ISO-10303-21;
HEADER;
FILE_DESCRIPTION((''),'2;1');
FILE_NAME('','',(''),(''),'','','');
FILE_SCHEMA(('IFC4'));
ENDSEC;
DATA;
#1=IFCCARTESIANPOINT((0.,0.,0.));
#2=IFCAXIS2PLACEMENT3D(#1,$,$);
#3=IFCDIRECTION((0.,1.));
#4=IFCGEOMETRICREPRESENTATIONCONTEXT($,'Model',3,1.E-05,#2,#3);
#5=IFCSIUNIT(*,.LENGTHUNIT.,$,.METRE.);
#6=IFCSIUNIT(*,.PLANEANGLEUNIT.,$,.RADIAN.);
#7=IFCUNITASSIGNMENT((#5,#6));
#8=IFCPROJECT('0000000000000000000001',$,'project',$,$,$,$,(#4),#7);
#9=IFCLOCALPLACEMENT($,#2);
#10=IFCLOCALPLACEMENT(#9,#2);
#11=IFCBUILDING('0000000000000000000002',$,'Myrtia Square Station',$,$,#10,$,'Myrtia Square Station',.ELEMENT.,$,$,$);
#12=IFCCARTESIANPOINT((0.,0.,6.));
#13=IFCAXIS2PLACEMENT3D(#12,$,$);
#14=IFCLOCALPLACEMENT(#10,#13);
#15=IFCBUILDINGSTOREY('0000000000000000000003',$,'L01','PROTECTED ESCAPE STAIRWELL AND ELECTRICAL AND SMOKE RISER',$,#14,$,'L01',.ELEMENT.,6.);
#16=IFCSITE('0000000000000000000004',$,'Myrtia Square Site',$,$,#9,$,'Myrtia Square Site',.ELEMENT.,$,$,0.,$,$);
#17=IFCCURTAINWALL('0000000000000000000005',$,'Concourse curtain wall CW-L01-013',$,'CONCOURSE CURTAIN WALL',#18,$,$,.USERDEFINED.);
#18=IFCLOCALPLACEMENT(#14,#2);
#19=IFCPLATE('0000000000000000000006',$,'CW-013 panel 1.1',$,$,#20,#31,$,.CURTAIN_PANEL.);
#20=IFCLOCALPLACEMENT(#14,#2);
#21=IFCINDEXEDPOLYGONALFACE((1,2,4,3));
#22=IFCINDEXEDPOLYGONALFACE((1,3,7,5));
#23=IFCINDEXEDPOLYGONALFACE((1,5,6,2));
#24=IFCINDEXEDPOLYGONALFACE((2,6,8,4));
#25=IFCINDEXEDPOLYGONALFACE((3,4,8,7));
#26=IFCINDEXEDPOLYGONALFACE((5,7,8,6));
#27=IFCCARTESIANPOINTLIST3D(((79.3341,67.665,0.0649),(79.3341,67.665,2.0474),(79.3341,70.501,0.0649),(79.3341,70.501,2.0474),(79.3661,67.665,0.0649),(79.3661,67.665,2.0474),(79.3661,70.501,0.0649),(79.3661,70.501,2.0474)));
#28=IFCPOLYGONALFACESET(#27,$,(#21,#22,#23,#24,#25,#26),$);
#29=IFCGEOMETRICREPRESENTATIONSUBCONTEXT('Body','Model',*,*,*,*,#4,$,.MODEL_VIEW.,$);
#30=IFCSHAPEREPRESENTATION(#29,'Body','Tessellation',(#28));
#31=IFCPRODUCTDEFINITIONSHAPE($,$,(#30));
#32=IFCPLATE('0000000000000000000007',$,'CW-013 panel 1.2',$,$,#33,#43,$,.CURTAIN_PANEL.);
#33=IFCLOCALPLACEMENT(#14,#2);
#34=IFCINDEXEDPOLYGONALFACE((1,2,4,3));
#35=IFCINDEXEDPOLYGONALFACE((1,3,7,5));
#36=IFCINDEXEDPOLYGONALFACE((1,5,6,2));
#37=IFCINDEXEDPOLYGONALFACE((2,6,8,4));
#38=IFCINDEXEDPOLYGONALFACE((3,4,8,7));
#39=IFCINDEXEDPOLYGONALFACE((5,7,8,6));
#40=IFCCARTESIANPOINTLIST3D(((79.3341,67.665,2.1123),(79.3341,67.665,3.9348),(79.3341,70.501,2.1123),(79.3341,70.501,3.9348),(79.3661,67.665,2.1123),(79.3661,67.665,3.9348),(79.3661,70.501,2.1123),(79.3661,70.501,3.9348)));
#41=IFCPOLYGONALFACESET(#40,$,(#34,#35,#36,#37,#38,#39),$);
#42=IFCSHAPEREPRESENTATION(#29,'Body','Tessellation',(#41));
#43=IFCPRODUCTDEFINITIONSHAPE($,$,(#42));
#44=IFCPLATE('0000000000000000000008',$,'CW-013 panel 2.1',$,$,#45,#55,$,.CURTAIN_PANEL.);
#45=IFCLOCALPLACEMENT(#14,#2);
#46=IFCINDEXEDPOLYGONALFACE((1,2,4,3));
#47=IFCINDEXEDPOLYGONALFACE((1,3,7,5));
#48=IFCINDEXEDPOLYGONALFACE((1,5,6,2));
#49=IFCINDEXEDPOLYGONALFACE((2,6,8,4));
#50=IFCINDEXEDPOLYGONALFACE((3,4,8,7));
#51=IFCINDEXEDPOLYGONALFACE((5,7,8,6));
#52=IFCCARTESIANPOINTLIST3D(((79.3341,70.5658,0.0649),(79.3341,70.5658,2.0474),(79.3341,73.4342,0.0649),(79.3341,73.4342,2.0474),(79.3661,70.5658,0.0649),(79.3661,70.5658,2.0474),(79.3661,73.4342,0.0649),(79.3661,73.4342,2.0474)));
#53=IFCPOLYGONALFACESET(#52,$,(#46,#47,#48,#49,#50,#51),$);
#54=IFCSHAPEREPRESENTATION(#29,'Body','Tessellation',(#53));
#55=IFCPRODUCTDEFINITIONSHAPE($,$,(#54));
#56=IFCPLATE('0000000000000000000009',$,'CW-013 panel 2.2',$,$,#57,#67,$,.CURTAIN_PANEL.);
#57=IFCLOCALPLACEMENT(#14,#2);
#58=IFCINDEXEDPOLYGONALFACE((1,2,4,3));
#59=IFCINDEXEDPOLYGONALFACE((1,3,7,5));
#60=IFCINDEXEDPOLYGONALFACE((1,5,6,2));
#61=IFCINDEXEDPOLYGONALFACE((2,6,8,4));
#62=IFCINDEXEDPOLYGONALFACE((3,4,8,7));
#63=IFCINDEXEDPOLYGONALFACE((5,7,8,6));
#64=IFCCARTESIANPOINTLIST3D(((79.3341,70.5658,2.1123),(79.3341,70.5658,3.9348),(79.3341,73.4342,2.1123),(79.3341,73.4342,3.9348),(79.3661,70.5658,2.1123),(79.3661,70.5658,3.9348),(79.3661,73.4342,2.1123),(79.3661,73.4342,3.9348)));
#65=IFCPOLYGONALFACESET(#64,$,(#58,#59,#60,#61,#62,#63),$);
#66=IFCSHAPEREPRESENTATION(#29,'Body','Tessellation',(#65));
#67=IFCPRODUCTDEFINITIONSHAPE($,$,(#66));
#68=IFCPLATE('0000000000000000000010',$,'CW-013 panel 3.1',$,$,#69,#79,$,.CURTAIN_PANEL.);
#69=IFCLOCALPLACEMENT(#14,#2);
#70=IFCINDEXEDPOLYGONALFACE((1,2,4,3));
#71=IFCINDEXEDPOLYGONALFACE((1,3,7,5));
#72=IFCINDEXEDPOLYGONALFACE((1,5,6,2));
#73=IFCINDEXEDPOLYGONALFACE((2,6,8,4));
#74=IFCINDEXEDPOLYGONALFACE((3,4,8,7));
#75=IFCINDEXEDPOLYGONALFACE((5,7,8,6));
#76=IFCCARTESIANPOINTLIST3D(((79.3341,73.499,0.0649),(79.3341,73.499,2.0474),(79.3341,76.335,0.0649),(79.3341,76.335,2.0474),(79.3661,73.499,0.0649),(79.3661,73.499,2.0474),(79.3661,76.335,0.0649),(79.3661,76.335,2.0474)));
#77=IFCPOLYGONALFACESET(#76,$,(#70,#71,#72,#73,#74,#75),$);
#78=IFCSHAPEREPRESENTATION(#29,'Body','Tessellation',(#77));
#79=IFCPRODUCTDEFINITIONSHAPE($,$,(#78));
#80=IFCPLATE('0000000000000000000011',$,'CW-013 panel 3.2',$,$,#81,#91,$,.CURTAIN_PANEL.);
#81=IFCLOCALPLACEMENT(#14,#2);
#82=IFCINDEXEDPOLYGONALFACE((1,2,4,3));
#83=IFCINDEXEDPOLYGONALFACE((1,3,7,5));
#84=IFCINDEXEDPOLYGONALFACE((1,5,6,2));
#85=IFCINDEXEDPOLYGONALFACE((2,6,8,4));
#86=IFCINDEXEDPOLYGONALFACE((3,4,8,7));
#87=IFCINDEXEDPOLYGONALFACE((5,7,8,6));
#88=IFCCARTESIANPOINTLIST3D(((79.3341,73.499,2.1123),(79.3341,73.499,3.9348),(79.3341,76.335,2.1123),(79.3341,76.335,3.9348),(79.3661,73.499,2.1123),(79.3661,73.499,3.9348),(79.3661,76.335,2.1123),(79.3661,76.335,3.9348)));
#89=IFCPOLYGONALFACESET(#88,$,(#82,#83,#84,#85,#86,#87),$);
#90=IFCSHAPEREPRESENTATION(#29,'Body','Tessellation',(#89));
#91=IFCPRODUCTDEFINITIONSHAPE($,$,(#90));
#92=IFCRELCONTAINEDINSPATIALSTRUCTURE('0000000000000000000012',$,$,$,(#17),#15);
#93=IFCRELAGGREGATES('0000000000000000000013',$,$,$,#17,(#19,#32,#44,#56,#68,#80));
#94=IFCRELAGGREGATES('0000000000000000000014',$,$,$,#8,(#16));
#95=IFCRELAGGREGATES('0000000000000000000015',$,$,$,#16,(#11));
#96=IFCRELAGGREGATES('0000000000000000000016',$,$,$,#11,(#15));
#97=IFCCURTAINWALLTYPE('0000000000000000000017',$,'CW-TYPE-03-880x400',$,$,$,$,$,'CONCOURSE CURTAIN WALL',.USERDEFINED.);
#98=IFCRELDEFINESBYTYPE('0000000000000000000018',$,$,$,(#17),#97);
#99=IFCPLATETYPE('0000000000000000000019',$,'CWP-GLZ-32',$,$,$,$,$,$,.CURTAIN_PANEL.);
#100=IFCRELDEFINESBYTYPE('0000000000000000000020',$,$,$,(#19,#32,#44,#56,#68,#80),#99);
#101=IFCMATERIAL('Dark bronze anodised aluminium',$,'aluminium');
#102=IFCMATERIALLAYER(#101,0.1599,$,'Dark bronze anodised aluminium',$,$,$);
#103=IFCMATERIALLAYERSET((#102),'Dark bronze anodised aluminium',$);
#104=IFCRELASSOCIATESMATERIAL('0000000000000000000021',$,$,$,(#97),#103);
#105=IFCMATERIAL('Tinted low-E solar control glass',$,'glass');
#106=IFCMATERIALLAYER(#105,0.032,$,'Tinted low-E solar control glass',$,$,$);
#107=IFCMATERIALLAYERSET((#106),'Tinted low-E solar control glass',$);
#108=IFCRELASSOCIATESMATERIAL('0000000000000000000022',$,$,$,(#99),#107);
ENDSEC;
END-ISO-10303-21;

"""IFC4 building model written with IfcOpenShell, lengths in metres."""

from ifc_helpers import new_model, si_unit, direction, frame, origin, origin_2d, place, context, subcontext, project, spatial, rectangle, extrude, material, layer, layer_set, type_object, element, aggregate, save


model = new_model("IFC4")

# Units and contexts
model_context = context("Model", 3, precision=1e-05, world=origin(), true_north=direction((0.0, 1.0)))
body_context = subcontext(model_context, "Body", "Model", "MODEL_VIEW")
ifc_project = project(units=[si_unit("LENGTHUNIT", "METRE"), si_unit("PLANEANGLEUNIT", "RADIAN")], contexts=[model_context])

# Site, building, storey
site_placement = place(None, origin())
site = spatial("IfcSite", under=ifc_project, at=site_placement, Name="Myrtia Square Site", LongName="Myrtia Square Site", CompositionType="ELEMENT", RefElevation=0.0)
building_placement = place(site_placement, origin())
building = spatial("IfcBuilding", under=site, at=building_placement, Name="Myrtia Square Station", LongName="Myrtia Square Station", CompositionType="ELEMENT")
storey_placement = place(building_placement, frame((0.0, 0.0, 6.0)))
storey = spatial("IfcBuildingStorey", under=building, at=storey_placement, Name="L01", Description="PROTECTED ESCAPE STAIRWELL AND ELECTRICAL AND SMOKE RISER", LongName="L01", CompositionType="ELEMENT", Elevation=6.0)

# Curtain wall, plates
ifc_material_1 = material(Name="Dark bronze anodised aluminium", Category="aluminium")
ifc_layer_1 = layer(ifc_material_1, 0.1599, Name="Dark bronze anodised aluminium")
ifc_layer_set_1 = layer_set([ifc_layer_1], Name="Dark bronze anodised aluminium")
curtain_wall_type = type_object("IfcCurtainWallType", Name="CW-TYPE-03-880x400", ElementType="CONCOURSE CURTAIN WALL", PredefinedType="USERDEFINED", material=ifc_layer_set_1)
curtain_wall_placement = place(storey_placement, origin())
curtain_wall = element("IfcCurtainWall", 1, at=curtain_wall_placement, inside=storey, type_object=curtain_wall_type, Name="Concourse curtain wall CW-L01-013", ObjectType="CONCOURSE CURTAIN WALL", PredefinedType="USERDEFINED")
ifc_material_2 = material(Name="Tinted low-E solar control glass", Category="glass")
ifc_layer_2 = layer(ifc_material_2, 0.032, Name="Tinted low-E solar control glass")
ifc_layer_set_2 = layer_set([ifc_layer_2], Name="Tinted low-E solar control glass")
plate_type = type_object("IfcPlateType", Name="CWP-GLZ-32", PredefinedType="CURTAIN_PANEL", material=ifc_layer_set_2)
plate_1_placement = place(storey_placement, frame((79.3501, 69.083, 0.0649), z_axis=(0.0, 0.0, 1.0), x_axis=(0.0, 1.0, 0.0)))
plate_1 = element("IfcPlate", 2, at=plate_1_placement, type_object=plate_type, Name="CW-013 panel 1.1", PredefinedType="CURTAIN_PANEL", context=body_context, shape_type="SweptSolid", body=[
    extrude(rectangle(XDim=2.8359, YDim=0.032, at=origin_2d()), origin(), (0.0, 0.0, 1.0), 1.9824),
])
plate_2_placement = place(storey_placement, frame((79.3501, 69.083, 2.1123), z_axis=(0.0, 0.0, 1.0), x_axis=(0.0, 1.0, 0.0)))
plate_2 = element("IfcPlate", 3, at=plate_2_placement, type_object=plate_type, Name="CW-013 panel 1.2", PredefinedType="CURTAIN_PANEL", context=body_context, shape_type="SweptSolid", body=[
    extrude(rectangle(XDim=2.8359, YDim=0.032, at=origin_2d()), origin(), (0.0, 0.0, 1.0), 1.8225),
])
plate_3_placement = place(storey_placement, frame((79.3501, 72.0, 0.0649), z_axis=(0.0, 0.0, 1.0), x_axis=(0.0, 1.0, 0.0)))
plate_3 = element("IfcPlate", 4, at=plate_3_placement, type_object=plate_type, Name="CW-013 panel 2.1", PredefinedType="CURTAIN_PANEL", context=body_context, shape_type="SweptSolid", body=[
    extrude(rectangle(XDim=2.8684, YDim=0.032, at=origin_2d()), origin(), (0.0, 0.0, 1.0), 1.9824),
])
plate_4_placement = place(storey_placement, frame((79.3501, 72.0, 2.1123), z_axis=(0.0, 0.0, 1.0), x_axis=(0.0, 1.0, 0.0)))
plate_4 = element("IfcPlate", 5, at=plate_4_placement, type_object=plate_type, Name="CW-013 panel 2.2", PredefinedType="CURTAIN_PANEL", context=body_context, shape_type="SweptSolid", body=[
    extrude(rectangle(XDim=2.8684, YDim=0.032, at=origin_2d()), origin(), (0.0, 0.0, 1.0), 1.8225),
])
plate_5_placement = place(storey_placement, frame((79.3501, 74.917, 0.0649), z_axis=(0.0, 0.0, 1.0), x_axis=(0.0, 1.0, 0.0)))
plate_5 = element("IfcPlate", 6, at=plate_5_placement, type_object=plate_type, Name="CW-013 panel 3.1", PredefinedType="CURTAIN_PANEL", context=body_context, shape_type="SweptSolid", body=[
    extrude(rectangle(XDim=2.8359, YDim=0.032, at=origin_2d()), origin(), (0.0, 0.0, 1.0), 1.9824),
])
plate_6_placement = place(storey_placement, frame((79.3501, 74.917, 2.1123), z_axis=(0.0, 0.0, 1.0), x_axis=(0.0, 1.0, 0.0)))
plate_6 = element("IfcPlate", 7, at=plate_6_placement, type_object=plate_type, Name="CW-013 panel 3.2", PredefinedType="CURTAIN_PANEL", context=body_context, shape_type="SweptSolid", body=[
    extrude(rectangle(XDim=2.8359, YDim=0.032, at=origin_2d()), origin(), (0.0, 0.0, 1.0), 1.8225),
])
aggregate(curtain_wall, [plate_1, plate_2, plate_3, plate_4, plate_5, plate_6])

save(model, "model.ifc")
